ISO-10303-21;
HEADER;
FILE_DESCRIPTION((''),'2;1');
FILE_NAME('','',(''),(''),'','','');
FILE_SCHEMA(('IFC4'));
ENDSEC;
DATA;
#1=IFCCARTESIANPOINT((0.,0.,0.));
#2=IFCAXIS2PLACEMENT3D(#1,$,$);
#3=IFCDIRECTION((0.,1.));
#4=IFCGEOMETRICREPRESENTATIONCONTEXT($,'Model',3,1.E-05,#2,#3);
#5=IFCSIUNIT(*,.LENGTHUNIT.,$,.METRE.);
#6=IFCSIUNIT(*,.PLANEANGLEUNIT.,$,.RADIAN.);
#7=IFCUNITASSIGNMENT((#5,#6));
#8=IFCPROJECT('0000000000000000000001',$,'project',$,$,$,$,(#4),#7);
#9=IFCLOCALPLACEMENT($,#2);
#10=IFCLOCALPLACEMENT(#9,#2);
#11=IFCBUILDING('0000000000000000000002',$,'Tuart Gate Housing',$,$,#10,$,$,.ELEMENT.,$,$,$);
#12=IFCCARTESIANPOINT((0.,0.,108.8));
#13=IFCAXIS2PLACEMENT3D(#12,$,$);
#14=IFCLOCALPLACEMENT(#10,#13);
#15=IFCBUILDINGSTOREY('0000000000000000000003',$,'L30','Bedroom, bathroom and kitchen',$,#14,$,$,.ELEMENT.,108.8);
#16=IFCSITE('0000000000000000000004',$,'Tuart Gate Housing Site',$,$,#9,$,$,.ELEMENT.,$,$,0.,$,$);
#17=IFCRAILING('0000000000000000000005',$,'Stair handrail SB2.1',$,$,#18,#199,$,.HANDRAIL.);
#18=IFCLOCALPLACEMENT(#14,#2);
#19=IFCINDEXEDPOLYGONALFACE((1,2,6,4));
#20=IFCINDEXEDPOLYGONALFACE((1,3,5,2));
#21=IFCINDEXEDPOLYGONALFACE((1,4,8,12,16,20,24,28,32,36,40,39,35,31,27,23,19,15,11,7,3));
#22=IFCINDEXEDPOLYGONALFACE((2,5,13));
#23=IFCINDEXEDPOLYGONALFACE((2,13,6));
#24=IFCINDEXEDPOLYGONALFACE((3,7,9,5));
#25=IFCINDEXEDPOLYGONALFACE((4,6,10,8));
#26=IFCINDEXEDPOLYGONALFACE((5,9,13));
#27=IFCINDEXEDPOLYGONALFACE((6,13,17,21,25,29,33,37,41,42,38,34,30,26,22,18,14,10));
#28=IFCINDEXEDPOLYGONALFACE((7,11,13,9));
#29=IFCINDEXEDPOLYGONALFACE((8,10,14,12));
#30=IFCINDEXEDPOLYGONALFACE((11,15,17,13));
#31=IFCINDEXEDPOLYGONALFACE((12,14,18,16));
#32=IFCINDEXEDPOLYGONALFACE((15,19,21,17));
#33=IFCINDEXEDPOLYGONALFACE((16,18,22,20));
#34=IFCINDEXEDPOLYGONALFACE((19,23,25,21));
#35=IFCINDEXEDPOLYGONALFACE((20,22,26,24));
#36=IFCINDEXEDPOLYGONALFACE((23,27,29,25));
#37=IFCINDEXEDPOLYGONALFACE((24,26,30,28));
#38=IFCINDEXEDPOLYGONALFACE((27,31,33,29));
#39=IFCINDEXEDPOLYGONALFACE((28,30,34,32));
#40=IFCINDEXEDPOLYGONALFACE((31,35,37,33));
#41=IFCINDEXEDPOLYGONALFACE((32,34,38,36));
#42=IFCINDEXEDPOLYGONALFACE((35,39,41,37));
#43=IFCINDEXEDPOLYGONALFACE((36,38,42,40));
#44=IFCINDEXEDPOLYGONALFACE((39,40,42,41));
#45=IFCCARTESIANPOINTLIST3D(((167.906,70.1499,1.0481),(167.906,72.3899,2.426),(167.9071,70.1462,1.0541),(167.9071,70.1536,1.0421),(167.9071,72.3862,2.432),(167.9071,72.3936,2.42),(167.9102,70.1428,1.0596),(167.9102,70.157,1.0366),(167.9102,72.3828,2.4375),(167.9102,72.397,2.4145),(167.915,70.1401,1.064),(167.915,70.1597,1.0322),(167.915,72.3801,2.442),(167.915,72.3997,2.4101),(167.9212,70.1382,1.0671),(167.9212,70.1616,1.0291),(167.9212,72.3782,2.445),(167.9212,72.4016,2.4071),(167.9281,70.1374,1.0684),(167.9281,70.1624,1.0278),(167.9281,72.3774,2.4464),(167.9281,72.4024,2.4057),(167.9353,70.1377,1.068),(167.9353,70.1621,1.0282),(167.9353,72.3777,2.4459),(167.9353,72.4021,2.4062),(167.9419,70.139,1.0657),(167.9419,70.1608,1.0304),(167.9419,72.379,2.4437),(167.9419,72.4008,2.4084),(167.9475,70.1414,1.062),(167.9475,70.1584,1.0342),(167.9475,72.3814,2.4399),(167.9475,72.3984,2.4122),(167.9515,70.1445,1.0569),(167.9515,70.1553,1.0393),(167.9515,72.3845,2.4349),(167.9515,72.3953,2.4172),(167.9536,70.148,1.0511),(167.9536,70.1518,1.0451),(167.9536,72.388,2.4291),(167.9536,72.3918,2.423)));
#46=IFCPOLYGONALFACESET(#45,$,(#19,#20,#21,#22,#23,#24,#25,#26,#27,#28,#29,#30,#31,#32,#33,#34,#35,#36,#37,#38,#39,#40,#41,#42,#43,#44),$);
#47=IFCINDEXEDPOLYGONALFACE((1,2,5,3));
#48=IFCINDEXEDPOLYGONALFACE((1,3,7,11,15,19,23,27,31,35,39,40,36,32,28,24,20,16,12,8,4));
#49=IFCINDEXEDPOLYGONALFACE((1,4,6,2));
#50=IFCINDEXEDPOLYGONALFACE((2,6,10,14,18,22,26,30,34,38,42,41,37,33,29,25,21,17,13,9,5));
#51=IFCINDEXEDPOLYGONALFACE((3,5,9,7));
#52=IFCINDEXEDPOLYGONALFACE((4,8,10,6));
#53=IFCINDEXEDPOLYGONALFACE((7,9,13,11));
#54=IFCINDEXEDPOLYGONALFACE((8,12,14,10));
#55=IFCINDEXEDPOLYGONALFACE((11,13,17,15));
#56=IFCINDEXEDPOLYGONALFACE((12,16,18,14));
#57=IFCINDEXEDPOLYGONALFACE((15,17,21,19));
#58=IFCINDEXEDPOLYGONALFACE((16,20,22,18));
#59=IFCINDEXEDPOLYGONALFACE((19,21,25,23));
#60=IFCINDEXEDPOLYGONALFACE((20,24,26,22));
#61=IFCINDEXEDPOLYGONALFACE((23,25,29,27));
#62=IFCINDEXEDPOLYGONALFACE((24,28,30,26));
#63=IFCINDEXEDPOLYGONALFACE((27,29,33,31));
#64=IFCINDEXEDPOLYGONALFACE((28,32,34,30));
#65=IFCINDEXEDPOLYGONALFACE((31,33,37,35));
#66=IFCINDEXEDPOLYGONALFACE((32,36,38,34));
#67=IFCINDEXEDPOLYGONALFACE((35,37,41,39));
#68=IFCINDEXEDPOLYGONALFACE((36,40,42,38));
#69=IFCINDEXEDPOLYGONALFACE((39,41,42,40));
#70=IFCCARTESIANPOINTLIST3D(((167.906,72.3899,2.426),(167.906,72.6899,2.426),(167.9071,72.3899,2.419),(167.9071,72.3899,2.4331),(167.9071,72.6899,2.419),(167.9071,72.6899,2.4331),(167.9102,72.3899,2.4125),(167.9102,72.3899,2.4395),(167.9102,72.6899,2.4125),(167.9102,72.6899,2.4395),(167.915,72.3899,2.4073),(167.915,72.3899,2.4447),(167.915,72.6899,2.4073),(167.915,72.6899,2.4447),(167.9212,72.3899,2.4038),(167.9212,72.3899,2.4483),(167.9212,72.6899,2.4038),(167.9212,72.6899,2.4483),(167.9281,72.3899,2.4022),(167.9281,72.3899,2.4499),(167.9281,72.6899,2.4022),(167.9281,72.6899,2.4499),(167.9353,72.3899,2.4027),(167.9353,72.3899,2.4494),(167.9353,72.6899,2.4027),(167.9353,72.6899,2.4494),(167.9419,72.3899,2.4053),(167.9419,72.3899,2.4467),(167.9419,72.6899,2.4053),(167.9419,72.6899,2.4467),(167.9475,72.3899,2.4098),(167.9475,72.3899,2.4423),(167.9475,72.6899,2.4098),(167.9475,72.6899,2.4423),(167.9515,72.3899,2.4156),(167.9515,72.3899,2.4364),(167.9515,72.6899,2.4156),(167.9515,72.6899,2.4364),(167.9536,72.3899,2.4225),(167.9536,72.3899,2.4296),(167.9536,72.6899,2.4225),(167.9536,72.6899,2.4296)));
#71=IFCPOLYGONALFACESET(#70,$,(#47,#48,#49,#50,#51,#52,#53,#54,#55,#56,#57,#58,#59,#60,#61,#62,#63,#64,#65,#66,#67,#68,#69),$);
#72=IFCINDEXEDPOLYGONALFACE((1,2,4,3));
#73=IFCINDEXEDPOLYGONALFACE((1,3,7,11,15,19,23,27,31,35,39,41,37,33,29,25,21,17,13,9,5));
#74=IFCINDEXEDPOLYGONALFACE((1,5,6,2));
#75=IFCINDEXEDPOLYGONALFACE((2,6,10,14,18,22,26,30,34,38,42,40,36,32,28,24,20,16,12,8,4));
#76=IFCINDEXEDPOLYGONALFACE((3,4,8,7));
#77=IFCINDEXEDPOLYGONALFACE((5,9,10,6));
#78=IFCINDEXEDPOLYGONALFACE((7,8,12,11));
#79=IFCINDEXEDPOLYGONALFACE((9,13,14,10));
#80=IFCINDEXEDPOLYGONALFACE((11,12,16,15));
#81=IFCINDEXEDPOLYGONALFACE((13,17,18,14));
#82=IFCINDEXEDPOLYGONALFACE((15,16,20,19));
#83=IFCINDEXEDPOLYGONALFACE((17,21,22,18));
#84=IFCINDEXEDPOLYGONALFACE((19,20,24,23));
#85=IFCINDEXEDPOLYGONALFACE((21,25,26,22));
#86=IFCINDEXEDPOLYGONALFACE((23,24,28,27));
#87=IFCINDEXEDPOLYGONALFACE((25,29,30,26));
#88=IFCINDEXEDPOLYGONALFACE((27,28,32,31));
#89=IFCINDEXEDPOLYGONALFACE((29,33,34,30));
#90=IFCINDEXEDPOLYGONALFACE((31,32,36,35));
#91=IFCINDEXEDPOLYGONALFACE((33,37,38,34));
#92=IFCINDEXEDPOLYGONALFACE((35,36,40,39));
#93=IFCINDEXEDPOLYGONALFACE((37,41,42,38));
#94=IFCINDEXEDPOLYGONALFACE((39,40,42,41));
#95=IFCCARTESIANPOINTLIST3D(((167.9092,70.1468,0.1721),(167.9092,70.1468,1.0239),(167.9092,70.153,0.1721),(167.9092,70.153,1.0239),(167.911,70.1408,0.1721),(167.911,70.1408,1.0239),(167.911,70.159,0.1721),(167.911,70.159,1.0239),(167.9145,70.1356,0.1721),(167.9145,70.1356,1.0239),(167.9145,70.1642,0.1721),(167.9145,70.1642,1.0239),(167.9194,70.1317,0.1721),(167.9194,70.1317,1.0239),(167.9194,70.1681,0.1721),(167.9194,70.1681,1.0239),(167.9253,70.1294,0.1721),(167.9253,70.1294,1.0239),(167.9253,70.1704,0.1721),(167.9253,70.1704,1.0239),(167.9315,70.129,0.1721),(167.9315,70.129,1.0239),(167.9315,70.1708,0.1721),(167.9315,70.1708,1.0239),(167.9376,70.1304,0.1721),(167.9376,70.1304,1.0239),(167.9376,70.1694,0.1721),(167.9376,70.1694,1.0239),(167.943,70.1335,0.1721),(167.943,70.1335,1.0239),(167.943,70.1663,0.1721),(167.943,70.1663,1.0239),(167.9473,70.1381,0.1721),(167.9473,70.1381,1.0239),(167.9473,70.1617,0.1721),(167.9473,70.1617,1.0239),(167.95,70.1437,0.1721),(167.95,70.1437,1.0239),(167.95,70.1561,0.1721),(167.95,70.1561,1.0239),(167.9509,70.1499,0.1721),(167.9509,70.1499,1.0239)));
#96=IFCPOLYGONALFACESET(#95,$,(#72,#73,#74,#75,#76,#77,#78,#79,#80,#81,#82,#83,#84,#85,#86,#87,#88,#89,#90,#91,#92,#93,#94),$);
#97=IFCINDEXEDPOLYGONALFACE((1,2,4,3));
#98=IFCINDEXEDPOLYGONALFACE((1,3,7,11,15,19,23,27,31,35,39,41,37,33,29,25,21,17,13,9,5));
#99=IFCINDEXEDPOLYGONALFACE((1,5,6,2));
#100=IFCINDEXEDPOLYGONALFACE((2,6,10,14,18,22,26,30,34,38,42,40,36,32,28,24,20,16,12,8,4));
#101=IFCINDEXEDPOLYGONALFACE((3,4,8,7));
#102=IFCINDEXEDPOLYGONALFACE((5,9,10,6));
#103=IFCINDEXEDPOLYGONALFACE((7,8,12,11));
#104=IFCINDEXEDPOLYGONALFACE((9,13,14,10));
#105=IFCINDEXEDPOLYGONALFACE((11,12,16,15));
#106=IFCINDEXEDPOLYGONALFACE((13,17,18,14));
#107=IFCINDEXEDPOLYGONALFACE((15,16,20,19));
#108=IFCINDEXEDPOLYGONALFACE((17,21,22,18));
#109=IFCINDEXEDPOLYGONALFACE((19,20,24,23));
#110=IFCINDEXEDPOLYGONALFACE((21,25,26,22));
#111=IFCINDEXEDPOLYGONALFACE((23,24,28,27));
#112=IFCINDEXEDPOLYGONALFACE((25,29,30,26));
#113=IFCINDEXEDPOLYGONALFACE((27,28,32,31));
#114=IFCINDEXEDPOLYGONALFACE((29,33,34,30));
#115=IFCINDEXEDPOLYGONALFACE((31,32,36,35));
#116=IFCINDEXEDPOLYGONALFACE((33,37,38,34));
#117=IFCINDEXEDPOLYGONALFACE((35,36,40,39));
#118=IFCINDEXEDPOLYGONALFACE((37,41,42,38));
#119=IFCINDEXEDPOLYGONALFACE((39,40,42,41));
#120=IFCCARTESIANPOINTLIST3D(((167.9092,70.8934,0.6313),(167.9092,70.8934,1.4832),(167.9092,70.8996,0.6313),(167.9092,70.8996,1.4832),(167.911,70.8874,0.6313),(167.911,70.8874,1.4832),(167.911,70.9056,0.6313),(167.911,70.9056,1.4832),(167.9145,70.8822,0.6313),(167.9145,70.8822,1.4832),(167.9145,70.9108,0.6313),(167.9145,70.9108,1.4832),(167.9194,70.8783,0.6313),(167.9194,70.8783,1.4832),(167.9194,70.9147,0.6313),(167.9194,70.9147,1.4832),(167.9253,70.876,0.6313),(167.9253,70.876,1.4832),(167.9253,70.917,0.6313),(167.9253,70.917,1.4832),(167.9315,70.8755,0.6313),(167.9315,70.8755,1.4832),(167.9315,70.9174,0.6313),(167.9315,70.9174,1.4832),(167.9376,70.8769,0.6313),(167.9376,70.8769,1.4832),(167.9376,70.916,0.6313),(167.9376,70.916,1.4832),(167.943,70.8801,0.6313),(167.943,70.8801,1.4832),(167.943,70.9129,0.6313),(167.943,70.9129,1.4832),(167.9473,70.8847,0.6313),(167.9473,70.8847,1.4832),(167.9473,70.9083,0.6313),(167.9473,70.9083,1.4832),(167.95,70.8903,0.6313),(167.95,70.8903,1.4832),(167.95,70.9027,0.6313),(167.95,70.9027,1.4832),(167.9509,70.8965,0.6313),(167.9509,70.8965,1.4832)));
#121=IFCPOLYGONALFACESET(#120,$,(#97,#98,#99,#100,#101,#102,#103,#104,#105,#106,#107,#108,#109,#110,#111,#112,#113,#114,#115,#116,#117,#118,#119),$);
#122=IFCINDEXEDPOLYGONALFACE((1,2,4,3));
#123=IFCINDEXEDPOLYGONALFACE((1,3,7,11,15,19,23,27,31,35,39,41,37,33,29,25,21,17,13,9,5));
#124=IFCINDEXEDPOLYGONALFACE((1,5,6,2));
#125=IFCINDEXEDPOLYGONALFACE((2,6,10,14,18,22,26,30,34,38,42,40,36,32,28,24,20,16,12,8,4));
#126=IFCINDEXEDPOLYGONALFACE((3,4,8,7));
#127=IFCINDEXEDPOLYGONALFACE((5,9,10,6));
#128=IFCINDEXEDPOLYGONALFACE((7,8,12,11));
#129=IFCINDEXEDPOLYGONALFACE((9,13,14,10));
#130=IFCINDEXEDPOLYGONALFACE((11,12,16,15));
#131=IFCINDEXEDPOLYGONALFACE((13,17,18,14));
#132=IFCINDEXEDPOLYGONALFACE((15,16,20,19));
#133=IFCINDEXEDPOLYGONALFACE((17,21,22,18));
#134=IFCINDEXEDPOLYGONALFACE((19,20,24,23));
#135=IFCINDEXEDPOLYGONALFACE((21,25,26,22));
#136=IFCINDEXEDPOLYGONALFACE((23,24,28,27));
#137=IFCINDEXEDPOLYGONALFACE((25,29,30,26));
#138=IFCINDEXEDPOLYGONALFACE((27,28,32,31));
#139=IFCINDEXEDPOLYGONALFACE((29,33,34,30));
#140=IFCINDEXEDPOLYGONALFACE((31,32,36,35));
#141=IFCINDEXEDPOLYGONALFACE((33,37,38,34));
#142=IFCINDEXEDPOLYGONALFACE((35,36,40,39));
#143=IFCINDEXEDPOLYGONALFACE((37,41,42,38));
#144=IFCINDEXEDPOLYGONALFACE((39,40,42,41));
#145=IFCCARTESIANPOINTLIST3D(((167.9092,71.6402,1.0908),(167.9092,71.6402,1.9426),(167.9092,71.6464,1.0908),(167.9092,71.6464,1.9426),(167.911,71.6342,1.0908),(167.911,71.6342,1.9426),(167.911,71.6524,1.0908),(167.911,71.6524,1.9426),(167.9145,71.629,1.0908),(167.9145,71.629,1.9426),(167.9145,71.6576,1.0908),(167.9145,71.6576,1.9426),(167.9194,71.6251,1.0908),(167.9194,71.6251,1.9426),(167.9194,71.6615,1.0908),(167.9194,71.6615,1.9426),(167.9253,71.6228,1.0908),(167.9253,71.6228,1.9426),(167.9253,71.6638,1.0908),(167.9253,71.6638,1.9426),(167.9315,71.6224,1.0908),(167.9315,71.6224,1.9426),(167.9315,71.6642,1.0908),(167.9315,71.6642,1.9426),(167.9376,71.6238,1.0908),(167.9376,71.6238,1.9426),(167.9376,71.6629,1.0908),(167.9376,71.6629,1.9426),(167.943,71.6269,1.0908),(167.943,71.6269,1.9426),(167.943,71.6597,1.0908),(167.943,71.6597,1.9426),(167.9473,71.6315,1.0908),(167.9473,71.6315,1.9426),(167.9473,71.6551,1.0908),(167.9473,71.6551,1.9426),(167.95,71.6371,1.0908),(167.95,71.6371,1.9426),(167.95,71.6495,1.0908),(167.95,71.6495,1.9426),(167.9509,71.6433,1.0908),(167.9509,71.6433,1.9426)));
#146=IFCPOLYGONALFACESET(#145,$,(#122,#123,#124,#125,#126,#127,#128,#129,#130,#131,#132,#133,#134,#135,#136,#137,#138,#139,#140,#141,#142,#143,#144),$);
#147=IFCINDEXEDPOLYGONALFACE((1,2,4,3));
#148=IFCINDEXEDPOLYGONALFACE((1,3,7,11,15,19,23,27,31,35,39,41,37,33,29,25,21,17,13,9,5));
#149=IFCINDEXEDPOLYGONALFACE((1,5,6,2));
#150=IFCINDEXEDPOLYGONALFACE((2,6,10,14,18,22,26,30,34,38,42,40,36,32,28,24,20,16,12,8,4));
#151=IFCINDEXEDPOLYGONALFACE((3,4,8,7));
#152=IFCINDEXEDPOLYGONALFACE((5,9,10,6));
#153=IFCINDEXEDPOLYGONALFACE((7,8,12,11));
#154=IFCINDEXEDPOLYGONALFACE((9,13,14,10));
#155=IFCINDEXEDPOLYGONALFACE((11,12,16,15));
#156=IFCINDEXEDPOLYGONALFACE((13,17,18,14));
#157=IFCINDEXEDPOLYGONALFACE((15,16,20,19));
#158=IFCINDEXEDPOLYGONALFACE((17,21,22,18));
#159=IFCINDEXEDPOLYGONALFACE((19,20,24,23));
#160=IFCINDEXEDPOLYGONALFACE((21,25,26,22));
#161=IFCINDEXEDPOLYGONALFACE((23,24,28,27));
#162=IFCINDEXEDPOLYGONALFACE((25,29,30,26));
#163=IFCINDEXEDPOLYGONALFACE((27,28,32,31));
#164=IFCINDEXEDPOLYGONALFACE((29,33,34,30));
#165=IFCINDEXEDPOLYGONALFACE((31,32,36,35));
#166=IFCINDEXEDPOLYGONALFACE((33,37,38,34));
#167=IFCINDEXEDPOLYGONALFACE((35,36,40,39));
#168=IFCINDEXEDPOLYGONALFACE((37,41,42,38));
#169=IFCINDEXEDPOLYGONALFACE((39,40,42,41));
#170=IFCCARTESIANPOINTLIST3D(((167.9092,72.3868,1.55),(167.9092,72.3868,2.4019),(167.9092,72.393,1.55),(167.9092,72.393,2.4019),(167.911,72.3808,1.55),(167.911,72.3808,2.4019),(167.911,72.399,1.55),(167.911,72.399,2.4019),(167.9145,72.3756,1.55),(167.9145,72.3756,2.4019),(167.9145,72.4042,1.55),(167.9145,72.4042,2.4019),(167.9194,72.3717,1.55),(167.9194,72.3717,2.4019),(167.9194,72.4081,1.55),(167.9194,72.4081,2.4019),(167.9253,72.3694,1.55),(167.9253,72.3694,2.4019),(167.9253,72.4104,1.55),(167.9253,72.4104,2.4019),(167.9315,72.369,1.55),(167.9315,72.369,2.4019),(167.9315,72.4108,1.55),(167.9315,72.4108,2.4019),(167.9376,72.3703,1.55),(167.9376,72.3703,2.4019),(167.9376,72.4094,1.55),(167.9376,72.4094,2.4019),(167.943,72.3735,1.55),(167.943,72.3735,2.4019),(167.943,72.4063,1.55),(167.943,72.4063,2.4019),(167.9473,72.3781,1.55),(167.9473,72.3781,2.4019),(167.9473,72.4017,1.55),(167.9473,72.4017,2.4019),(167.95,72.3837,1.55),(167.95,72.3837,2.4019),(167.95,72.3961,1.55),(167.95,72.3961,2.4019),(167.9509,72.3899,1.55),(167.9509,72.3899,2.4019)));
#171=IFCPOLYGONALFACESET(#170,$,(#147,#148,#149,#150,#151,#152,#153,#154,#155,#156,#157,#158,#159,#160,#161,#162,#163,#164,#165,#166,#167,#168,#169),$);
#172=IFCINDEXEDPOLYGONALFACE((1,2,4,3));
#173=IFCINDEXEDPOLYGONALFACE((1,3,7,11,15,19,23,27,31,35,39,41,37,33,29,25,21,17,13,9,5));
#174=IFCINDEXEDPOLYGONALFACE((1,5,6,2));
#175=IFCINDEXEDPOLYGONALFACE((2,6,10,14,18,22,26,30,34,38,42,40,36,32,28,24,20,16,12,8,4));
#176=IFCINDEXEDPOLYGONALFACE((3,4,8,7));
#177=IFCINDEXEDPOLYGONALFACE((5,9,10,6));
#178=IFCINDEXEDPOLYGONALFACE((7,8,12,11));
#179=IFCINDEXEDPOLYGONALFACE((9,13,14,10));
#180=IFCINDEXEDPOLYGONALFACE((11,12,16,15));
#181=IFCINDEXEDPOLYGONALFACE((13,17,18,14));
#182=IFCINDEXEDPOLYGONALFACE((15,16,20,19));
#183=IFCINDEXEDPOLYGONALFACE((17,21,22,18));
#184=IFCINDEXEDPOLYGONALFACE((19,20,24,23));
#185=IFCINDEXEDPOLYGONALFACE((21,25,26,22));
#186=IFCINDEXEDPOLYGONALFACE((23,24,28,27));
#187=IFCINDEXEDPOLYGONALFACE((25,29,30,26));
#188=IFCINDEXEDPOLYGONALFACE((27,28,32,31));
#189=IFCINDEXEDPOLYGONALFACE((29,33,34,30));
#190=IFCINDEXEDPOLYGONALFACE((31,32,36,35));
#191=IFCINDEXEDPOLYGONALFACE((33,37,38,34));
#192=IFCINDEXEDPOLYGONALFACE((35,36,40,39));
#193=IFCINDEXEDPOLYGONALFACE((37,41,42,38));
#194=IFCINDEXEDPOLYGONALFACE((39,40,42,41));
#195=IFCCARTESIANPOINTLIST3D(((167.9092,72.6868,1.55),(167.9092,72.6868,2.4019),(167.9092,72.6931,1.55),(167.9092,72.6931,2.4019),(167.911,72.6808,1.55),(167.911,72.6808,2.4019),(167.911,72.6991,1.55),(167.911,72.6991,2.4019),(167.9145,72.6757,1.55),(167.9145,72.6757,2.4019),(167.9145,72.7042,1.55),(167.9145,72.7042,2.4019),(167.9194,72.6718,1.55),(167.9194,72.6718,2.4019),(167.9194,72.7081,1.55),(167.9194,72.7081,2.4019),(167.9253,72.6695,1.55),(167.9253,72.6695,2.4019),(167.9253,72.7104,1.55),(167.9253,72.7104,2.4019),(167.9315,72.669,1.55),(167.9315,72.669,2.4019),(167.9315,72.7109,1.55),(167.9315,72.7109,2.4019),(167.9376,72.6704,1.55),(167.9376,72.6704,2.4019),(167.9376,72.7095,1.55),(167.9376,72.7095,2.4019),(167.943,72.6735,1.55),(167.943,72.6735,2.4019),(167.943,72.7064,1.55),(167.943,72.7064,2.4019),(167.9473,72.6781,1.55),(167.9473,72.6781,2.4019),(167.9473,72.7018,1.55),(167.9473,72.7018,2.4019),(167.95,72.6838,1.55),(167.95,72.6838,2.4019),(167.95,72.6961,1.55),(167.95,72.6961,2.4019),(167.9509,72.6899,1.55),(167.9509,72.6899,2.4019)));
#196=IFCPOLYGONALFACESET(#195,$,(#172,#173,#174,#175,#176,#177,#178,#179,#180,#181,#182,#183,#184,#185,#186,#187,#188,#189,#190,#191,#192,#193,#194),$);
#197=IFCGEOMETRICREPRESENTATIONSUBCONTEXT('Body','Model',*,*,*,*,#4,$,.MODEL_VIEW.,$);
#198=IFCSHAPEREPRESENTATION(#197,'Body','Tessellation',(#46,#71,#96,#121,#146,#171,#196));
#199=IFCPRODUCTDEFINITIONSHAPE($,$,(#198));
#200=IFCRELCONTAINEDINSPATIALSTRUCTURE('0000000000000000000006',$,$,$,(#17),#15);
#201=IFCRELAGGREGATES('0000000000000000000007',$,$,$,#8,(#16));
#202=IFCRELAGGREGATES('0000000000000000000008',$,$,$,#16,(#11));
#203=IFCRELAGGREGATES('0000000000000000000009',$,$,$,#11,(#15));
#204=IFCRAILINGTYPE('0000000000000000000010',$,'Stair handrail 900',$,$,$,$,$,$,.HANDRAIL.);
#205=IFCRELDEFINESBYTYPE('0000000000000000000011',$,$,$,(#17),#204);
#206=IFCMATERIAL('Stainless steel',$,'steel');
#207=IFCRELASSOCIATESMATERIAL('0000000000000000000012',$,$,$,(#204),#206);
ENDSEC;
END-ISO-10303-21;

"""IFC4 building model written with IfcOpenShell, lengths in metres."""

from ifc_helpers import new_model, si_unit, direction, frame, origin, origin_2d, place, context, subcontext, project, spatial, circle, extrude, material, type_object, element, save


model = new_model("IFC4")

# Units and contexts
model_context = context("Model", 3, precision=1e-05, world=origin(), true_north=direction((0.0, 1.0)))
body_context = subcontext(model_context, "Body", "Model", "MODEL_VIEW")
ifc_project = project(units=[si_unit("LENGTHUNIT", "METRE"), si_unit("PLANEANGLEUNIT", "RADIAN")], contexts=[model_context])

# Site, building, storey
site_placement = place(None, origin())
site = spatial("IfcSite", under=ifc_project, at=site_placement, Name="Tuart Gate Housing Site", CompositionType="ELEMENT", RefElevation=0.0)
building_placement = place(site_placement, origin())
building = spatial("IfcBuilding", under=site, at=building_placement, Name="Tuart Gate Housing", CompositionType="ELEMENT")
storey_placement = place(building_placement, frame((0.0, 0.0, 108.8)))
storey = spatial("IfcBuildingStorey", under=building, at=storey_placement, Name="L30", Description="Bedroom, bathroom and kitchen", CompositionType="ELEMENT", Elevation=108.8)

# Railing
ifc_material_1 = material(Name="Stainless steel", Category="steel")
railing_type = type_object("IfcRailingType", Name="Stair handrail 900", PredefinedType="HANDRAIL", material=ifc_material_1)
railing_placement = place(storey_placement, frame((167.9299, 70.1499, 0.1721)))
element("IfcRailing", 1, at=railing_placement, inside=storey, type_object=railing_type, Name="Stair handrail SB2.1", PredefinedType="HANDRAIL", context=body_context, shape_type="SweptSolid", body=[
    extrude(circle(Radius=0.0239, at=origin_2d()), frame((0.0, 0.0, 0.876), z_axis=(0.0, 0.851748, 0.523952), x_axis=(-1.0, 0.0, 0.0)), (0.0, 0.0, 1.0), 2.6299),
    extrude(circle(Radius=0.0239, at=origin_2d()), frame((0.0, 2.24, 2.2539), z_axis=(0.0, 1.0, 0.0), x_axis=(-1.0, 0.0, 0.0)), (0.0, 0.0, 1.0), 0.3),
    extrude(circle(Radius=0.021, at=origin_2d()), origin(), (0.0, 0.0, 1.0), 0.8518),
    extrude(circle(Radius=0.021, at=origin_2d()), frame((0.0, 0.7466, 0.4592)), (0.0, 0.0, 1.0), 0.8518),
    extrude(circle(Radius=0.021, at=origin_2d()), frame((0.0, 1.4934, 0.9187)), (0.0, 0.0, 1.0), 0.8518),
    extrude(circle(Radius=0.021, at=origin_2d()), frame((0.0, 2.24, 1.3779)), (0.0, 0.0, 1.0), 0.8518),
    extrude(circle(Radius=0.021, at=origin_2d()), frame((0.0, 2.54, 1.3779)), (0.0, 0.0, 1.0), 0.8518),
])

save(model, "model.ifc")
